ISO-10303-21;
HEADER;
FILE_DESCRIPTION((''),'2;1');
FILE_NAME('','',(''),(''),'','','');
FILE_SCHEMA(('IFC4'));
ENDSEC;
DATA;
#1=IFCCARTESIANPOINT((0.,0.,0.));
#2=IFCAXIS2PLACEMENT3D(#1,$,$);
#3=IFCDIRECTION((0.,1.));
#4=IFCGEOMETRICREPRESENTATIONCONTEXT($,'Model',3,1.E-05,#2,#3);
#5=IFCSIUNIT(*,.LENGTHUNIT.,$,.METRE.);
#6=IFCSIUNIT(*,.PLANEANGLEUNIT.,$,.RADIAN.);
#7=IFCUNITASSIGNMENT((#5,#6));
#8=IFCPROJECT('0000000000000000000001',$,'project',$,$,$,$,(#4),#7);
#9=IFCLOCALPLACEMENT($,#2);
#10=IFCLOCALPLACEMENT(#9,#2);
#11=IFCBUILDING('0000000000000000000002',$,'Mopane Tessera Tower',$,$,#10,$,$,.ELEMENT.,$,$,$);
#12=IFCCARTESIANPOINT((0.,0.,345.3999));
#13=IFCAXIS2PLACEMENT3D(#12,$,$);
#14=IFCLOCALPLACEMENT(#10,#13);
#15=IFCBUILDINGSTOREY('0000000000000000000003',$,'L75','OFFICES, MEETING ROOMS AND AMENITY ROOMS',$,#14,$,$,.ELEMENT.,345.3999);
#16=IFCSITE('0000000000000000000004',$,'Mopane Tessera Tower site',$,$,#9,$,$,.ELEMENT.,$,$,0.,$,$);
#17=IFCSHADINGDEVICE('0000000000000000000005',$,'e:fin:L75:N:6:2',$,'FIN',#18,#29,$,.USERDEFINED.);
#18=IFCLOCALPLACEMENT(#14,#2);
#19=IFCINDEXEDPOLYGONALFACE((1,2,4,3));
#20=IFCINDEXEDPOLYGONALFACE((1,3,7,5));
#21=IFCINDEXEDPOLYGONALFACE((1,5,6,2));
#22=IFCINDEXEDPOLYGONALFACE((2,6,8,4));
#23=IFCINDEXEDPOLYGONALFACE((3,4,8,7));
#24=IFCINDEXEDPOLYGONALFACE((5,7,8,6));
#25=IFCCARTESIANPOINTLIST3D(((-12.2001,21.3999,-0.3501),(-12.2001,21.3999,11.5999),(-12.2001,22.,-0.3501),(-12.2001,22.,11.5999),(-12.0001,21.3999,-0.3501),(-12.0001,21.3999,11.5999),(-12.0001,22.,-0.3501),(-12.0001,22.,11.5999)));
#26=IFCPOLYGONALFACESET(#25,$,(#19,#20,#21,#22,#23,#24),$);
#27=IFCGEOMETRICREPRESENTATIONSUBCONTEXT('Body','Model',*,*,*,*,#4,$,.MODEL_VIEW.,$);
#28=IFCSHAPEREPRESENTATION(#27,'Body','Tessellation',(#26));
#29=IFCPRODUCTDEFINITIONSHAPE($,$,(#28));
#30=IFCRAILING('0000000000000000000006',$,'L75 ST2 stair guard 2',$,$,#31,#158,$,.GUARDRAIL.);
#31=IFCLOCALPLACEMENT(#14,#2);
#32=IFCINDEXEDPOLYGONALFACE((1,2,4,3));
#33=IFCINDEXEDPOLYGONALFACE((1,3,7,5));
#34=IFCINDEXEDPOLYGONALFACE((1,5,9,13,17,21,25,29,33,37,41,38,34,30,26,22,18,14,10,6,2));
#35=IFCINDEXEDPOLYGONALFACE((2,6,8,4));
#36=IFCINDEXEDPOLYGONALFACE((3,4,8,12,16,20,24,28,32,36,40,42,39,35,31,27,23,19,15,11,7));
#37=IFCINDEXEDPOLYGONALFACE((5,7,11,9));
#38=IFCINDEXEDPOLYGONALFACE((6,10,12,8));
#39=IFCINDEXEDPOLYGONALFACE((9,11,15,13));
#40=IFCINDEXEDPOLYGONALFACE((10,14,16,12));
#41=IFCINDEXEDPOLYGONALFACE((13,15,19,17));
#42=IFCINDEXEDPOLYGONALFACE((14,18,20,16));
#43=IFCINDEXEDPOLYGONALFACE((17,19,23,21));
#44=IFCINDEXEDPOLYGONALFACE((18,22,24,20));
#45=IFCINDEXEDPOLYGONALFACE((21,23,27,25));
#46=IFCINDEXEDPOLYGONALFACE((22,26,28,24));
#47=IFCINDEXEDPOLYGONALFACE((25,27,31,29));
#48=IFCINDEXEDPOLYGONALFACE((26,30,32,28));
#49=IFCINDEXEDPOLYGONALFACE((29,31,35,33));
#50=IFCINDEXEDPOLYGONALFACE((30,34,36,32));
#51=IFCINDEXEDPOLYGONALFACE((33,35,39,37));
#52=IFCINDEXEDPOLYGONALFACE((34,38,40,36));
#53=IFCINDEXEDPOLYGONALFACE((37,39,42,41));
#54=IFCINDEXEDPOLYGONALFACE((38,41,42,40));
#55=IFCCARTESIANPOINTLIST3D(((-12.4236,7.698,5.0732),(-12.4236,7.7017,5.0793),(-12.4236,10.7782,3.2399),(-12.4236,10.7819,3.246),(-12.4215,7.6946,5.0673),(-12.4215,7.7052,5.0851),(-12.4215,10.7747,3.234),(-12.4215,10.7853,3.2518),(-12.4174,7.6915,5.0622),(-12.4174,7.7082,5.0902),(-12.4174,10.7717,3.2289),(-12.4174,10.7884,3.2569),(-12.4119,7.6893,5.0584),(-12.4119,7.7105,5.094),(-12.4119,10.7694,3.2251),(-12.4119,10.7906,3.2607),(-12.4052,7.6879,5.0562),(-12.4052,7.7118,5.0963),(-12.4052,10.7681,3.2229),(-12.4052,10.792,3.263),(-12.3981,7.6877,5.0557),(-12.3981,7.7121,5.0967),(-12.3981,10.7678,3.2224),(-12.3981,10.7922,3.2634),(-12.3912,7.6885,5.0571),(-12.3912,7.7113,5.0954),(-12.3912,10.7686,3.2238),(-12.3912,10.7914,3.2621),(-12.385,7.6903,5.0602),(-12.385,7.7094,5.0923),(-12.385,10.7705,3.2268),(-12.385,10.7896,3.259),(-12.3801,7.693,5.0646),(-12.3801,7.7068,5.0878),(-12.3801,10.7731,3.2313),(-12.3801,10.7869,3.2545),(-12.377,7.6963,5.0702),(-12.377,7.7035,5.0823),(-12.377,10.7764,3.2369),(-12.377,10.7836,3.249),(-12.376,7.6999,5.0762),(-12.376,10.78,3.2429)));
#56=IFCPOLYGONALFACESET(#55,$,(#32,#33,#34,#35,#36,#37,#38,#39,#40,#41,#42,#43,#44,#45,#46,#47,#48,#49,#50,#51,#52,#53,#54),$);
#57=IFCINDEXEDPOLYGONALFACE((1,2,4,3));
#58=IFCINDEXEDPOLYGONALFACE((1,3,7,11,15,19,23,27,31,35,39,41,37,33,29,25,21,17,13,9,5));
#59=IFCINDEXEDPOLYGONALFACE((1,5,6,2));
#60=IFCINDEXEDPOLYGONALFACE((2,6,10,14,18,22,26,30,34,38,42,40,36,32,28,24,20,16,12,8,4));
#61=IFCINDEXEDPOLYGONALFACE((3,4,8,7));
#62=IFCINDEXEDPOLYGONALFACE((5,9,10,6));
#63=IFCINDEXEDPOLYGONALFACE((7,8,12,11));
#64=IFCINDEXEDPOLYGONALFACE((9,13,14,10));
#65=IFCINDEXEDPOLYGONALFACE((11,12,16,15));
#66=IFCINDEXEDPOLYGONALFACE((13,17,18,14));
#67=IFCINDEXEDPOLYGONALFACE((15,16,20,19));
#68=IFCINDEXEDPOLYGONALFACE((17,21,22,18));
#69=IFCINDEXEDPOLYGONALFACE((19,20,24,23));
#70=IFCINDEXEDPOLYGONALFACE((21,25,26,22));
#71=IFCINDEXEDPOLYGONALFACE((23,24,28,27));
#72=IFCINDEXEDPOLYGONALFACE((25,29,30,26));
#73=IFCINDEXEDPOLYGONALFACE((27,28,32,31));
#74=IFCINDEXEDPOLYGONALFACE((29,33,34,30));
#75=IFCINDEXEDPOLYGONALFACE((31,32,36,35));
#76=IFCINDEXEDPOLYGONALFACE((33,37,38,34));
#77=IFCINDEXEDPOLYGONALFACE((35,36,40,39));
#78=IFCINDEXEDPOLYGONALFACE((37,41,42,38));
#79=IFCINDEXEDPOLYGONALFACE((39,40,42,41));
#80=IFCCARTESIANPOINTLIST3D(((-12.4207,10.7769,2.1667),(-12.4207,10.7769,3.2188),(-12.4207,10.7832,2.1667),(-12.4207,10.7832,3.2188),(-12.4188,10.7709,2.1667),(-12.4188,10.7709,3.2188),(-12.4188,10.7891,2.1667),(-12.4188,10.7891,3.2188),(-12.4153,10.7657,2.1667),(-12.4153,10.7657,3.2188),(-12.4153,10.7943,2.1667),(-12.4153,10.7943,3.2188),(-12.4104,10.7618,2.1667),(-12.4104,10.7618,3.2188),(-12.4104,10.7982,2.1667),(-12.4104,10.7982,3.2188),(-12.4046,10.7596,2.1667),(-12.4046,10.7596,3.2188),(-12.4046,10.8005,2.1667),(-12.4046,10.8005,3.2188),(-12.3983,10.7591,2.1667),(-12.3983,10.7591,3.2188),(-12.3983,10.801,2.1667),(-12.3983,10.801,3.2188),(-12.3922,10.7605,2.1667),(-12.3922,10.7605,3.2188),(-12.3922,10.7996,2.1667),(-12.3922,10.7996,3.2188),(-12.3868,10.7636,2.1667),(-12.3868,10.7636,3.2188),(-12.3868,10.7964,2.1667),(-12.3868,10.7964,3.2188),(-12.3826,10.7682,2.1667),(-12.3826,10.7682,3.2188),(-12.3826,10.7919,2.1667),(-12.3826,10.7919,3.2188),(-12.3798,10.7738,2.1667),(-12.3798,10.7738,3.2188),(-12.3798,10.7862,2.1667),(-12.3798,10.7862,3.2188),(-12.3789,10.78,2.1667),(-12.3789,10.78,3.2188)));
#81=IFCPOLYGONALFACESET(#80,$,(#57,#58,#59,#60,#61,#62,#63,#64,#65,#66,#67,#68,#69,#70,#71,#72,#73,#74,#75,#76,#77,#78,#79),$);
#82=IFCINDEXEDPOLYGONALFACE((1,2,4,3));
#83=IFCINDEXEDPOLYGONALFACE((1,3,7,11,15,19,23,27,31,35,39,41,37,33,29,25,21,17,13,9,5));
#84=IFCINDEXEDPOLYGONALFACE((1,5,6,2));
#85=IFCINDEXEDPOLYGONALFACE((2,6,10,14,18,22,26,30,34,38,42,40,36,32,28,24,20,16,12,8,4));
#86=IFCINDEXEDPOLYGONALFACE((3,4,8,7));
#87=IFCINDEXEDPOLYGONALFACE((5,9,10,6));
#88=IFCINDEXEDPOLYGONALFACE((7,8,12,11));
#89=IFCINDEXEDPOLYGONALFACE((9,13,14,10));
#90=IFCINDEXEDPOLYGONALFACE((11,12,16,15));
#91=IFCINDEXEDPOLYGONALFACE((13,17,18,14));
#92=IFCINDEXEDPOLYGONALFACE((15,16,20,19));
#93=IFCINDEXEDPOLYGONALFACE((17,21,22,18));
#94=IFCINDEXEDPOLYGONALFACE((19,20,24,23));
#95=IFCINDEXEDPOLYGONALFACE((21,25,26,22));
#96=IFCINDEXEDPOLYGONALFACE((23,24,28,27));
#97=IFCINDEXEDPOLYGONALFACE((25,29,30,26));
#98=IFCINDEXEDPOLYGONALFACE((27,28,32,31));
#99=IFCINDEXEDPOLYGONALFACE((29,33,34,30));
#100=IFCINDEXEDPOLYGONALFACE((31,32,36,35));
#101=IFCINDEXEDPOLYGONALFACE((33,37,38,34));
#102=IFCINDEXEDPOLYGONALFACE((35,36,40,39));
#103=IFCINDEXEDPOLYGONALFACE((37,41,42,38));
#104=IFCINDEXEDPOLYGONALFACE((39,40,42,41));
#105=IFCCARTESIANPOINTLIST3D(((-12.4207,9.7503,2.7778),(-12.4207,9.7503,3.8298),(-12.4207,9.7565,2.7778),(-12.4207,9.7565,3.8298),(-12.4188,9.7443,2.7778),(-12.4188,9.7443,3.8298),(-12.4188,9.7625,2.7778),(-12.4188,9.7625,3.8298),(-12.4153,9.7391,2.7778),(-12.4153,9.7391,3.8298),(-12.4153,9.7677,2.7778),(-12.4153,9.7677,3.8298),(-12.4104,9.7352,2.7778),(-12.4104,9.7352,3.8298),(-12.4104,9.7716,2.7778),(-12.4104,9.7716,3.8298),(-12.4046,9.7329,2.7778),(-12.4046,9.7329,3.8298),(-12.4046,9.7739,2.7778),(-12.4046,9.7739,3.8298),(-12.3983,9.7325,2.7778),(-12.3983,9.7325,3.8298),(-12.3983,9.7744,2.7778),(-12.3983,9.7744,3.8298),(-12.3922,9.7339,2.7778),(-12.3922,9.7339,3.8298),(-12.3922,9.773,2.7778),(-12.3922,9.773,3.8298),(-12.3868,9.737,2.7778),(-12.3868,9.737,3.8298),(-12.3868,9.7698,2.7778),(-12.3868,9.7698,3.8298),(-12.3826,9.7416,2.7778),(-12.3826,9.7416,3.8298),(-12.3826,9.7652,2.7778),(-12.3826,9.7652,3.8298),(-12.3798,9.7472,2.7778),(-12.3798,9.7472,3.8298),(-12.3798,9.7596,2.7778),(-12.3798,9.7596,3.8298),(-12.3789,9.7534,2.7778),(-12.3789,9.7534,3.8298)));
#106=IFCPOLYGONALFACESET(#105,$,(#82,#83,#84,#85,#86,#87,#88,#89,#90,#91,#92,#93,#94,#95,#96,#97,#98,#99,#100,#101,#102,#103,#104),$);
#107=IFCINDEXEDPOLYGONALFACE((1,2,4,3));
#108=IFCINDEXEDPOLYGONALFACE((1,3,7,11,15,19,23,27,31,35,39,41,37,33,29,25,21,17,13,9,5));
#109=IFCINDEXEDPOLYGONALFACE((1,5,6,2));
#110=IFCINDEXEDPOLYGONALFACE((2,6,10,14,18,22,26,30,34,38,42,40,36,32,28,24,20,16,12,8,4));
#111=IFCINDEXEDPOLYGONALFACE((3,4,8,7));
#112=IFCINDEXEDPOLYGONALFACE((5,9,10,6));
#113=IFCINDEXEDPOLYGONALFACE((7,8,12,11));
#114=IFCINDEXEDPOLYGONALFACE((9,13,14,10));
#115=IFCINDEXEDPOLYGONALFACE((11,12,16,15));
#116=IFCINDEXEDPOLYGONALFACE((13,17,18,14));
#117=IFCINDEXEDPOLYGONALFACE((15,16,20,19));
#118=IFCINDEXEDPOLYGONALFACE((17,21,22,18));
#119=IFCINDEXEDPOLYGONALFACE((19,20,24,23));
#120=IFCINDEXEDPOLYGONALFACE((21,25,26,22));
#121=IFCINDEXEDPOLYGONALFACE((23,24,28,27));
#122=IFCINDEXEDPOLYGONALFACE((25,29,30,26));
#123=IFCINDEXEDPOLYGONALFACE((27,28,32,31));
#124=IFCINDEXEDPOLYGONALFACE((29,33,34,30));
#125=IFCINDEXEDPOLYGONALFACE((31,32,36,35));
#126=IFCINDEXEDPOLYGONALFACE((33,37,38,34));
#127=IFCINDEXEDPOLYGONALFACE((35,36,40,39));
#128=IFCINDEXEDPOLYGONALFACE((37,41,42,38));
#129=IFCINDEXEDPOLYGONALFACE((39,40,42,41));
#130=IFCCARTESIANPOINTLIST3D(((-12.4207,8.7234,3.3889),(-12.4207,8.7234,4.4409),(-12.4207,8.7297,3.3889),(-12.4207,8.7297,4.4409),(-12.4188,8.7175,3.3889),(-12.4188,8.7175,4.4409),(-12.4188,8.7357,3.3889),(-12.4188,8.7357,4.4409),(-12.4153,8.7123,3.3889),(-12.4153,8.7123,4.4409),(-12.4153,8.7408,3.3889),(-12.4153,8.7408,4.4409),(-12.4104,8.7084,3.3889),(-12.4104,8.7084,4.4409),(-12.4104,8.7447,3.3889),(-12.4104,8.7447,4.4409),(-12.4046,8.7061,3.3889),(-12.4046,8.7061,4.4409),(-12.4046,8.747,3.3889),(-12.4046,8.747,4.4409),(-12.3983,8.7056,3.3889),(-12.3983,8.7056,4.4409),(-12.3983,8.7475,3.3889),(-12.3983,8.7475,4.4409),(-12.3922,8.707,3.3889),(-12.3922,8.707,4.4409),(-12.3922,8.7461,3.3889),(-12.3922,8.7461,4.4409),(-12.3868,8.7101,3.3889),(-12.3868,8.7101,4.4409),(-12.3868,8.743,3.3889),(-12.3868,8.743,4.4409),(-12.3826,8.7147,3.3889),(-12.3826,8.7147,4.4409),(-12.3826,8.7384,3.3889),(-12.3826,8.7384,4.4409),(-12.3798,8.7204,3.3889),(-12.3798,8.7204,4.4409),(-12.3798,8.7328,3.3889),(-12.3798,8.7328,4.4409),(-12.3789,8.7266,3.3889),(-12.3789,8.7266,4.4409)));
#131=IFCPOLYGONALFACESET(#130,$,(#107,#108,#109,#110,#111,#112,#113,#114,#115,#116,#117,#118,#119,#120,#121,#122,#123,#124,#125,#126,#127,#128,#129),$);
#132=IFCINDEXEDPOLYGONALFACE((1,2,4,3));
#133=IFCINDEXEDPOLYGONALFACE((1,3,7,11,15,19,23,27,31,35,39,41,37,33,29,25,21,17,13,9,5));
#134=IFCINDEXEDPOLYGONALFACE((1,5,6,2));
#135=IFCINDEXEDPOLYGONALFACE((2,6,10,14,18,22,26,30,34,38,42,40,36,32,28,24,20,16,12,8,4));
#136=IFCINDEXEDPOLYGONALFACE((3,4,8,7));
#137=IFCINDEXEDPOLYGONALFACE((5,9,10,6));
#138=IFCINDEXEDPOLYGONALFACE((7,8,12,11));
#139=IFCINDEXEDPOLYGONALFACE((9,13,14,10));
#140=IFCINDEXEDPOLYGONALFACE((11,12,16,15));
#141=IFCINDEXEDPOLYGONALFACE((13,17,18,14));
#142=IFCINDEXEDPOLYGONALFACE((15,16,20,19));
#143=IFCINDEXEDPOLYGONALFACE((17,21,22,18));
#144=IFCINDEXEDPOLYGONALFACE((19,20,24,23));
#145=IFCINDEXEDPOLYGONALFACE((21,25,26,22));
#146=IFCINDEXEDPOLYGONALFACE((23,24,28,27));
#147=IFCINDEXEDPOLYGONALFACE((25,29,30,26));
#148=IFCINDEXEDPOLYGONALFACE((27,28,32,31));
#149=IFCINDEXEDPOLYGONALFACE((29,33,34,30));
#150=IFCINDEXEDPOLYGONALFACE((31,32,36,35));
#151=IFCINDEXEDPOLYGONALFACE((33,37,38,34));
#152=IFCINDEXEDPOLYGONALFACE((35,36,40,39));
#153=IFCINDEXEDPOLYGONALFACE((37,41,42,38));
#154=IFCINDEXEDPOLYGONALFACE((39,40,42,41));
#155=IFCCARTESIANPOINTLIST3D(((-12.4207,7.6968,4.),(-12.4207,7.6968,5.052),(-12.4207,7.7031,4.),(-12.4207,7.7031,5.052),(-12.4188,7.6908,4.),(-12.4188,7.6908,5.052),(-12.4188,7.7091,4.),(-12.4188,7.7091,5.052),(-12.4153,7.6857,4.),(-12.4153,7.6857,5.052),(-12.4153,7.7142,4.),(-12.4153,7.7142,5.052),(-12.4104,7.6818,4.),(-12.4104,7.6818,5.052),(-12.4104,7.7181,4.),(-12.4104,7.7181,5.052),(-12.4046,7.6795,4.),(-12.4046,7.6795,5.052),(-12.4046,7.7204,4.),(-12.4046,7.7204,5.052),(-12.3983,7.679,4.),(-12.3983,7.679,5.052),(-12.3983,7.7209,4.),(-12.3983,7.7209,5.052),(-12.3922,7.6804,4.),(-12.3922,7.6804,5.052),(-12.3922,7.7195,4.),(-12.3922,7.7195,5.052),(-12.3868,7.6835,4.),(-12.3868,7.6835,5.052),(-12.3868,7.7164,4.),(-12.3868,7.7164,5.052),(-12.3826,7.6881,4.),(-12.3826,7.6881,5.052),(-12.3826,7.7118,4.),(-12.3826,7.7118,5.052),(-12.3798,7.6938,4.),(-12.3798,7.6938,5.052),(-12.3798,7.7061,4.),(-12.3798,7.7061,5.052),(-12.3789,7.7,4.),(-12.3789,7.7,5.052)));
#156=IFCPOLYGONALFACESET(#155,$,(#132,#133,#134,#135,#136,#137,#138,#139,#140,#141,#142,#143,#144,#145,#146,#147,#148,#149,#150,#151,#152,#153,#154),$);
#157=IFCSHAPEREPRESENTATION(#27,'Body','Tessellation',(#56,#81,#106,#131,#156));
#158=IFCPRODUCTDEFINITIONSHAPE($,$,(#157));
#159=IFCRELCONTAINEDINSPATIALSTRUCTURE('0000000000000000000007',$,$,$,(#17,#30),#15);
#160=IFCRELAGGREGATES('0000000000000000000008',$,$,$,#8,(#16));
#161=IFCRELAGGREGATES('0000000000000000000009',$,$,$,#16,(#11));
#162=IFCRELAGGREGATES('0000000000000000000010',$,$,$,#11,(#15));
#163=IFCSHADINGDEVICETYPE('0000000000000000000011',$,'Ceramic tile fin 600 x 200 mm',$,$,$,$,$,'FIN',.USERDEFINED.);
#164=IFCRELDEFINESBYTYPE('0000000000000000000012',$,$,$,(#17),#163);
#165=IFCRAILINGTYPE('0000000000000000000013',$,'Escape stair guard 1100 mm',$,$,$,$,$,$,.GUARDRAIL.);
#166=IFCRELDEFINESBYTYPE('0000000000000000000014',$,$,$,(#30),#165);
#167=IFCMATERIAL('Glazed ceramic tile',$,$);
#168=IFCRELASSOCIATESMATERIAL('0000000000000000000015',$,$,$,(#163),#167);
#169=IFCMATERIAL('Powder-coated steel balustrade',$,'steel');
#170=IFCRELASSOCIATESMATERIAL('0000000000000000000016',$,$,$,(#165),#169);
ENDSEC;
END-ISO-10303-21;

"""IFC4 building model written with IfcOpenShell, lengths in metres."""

from ifc_helpers import new_model, si_unit, direction, frame, origin, origin_2d, place, context, subcontext, project, spatial, rectangle, circle, extrude, material, type_object, element, save


model = new_model("IFC4")

# Units and contexts
model_context = context("Model", 3, precision=1e-05, world=origin(), true_north=direction((0.0, 1.0)))
body_context = subcontext(model_context, "Body", "Model", "MODEL_VIEW")
ifc_project = project(units=[si_unit("LENGTHUNIT", "METRE"), si_unit("PLANEANGLEUNIT", "RADIAN")], contexts=[model_context])

# Site, building, storey
site_placement = place(None, origin())
site = spatial("IfcSite", under=ifc_project, at=site_placement, Name="Mopane Tessera Tower site", CompositionType="ELEMENT", RefElevation=0.0)
building_placement = place(site_placement, origin())
building = spatial("IfcBuilding", under=site, at=building_placement, Name="Mopane Tessera Tower", CompositionType="ELEMENT")
storey_placement = place(building_placement, frame((0.0, 0.0, 345.3999)))
storey = spatial("IfcBuildingStorey", under=building, at=storey_placement, Name="L75", Description="OFFICES, MEETING ROOMS AND AMENITY ROOMS", CompositionType="ELEMENT", Elevation=345.3999)

# Shading device
ifc_material_1 = material(Name="Glazed ceramic tile")
shading_device_type = type_object("IfcShadingDeviceType", Name="Ceramic tile fin 600 x 200 mm", ElementType="FIN", PredefinedType="USERDEFINED", material=ifc_material_1)
for number, where, z_axis, x_axis, name in (
    (1, (-12.1001, 21.7, -0.3501), (0.0, 0.0, 1.0), (-1.0, 0.0, 0.0), "e:fin:L75:N:6:2"),
):
    element("IfcShadingDevice", number, at=place(storey_placement, frame(where, z_axis=z_axis, x_axis=x_axis)), inside=storey, type_object=shading_device_type, Name=name, ObjectType="FIN", PredefinedType="USERDEFINED", context=body_context, shape_type="SweptSolid", body=[
        extrude(rectangle(XDim=0.2, YDim=0.6001, at=origin_2d()), origin(), (0.0, 0.0, 1.0), 11.95),
    ])

# Railing
ifc_material_2 = material(Name="Powder-coated steel balustrade", Category="steel")
railing_type = type_object("IfcRailingType", Name="Escape stair guard 1100 mm", PredefinedType="GUARDRAIL", material=ifc_material_2)
railing_placement = place(storey_placement, frame((-12.3999, 10.78, 2.1667)))
element("IfcRailing", 2, at=railing_placement, inside=storey, type_object=railing_type, Name="L75 ST2 stair guard 2", PredefinedType="GUARDRAIL", context=body_context, shape_type="SweptSolid", body=[
    extrude(circle(Radius=0.0239, at=origin_2d()), frame((0.0, 0.0, 1.0762), z_axis=(0.0, -0.859309, 0.511458), x_axis=(1.0, 0.0, 0.0)), (0.0, 0.0, 1.0), 3.5845),
    extrude(circle(Radius=0.021, at=origin_2d()), origin(), (0.0, 0.0, 1.0), 1.052),
    extrude(circle(Radius=0.021, at=origin_2d()), frame((0.0, -1.0266, 0.6111)), (0.0, 0.0, 1.0), 1.052),
    extrude(circle(Radius=0.021, at=origin_2d()), frame((0.0, -2.0535, 1.2222)), (0.0, 0.0, 1.0), 1.052),
    extrude(circle(Radius=0.021, at=origin_2d()), frame((0.0, -3.0801, 1.8333)), (0.0, 0.0, 1.0), 1.052),
])

save(model, "model.ifc")
